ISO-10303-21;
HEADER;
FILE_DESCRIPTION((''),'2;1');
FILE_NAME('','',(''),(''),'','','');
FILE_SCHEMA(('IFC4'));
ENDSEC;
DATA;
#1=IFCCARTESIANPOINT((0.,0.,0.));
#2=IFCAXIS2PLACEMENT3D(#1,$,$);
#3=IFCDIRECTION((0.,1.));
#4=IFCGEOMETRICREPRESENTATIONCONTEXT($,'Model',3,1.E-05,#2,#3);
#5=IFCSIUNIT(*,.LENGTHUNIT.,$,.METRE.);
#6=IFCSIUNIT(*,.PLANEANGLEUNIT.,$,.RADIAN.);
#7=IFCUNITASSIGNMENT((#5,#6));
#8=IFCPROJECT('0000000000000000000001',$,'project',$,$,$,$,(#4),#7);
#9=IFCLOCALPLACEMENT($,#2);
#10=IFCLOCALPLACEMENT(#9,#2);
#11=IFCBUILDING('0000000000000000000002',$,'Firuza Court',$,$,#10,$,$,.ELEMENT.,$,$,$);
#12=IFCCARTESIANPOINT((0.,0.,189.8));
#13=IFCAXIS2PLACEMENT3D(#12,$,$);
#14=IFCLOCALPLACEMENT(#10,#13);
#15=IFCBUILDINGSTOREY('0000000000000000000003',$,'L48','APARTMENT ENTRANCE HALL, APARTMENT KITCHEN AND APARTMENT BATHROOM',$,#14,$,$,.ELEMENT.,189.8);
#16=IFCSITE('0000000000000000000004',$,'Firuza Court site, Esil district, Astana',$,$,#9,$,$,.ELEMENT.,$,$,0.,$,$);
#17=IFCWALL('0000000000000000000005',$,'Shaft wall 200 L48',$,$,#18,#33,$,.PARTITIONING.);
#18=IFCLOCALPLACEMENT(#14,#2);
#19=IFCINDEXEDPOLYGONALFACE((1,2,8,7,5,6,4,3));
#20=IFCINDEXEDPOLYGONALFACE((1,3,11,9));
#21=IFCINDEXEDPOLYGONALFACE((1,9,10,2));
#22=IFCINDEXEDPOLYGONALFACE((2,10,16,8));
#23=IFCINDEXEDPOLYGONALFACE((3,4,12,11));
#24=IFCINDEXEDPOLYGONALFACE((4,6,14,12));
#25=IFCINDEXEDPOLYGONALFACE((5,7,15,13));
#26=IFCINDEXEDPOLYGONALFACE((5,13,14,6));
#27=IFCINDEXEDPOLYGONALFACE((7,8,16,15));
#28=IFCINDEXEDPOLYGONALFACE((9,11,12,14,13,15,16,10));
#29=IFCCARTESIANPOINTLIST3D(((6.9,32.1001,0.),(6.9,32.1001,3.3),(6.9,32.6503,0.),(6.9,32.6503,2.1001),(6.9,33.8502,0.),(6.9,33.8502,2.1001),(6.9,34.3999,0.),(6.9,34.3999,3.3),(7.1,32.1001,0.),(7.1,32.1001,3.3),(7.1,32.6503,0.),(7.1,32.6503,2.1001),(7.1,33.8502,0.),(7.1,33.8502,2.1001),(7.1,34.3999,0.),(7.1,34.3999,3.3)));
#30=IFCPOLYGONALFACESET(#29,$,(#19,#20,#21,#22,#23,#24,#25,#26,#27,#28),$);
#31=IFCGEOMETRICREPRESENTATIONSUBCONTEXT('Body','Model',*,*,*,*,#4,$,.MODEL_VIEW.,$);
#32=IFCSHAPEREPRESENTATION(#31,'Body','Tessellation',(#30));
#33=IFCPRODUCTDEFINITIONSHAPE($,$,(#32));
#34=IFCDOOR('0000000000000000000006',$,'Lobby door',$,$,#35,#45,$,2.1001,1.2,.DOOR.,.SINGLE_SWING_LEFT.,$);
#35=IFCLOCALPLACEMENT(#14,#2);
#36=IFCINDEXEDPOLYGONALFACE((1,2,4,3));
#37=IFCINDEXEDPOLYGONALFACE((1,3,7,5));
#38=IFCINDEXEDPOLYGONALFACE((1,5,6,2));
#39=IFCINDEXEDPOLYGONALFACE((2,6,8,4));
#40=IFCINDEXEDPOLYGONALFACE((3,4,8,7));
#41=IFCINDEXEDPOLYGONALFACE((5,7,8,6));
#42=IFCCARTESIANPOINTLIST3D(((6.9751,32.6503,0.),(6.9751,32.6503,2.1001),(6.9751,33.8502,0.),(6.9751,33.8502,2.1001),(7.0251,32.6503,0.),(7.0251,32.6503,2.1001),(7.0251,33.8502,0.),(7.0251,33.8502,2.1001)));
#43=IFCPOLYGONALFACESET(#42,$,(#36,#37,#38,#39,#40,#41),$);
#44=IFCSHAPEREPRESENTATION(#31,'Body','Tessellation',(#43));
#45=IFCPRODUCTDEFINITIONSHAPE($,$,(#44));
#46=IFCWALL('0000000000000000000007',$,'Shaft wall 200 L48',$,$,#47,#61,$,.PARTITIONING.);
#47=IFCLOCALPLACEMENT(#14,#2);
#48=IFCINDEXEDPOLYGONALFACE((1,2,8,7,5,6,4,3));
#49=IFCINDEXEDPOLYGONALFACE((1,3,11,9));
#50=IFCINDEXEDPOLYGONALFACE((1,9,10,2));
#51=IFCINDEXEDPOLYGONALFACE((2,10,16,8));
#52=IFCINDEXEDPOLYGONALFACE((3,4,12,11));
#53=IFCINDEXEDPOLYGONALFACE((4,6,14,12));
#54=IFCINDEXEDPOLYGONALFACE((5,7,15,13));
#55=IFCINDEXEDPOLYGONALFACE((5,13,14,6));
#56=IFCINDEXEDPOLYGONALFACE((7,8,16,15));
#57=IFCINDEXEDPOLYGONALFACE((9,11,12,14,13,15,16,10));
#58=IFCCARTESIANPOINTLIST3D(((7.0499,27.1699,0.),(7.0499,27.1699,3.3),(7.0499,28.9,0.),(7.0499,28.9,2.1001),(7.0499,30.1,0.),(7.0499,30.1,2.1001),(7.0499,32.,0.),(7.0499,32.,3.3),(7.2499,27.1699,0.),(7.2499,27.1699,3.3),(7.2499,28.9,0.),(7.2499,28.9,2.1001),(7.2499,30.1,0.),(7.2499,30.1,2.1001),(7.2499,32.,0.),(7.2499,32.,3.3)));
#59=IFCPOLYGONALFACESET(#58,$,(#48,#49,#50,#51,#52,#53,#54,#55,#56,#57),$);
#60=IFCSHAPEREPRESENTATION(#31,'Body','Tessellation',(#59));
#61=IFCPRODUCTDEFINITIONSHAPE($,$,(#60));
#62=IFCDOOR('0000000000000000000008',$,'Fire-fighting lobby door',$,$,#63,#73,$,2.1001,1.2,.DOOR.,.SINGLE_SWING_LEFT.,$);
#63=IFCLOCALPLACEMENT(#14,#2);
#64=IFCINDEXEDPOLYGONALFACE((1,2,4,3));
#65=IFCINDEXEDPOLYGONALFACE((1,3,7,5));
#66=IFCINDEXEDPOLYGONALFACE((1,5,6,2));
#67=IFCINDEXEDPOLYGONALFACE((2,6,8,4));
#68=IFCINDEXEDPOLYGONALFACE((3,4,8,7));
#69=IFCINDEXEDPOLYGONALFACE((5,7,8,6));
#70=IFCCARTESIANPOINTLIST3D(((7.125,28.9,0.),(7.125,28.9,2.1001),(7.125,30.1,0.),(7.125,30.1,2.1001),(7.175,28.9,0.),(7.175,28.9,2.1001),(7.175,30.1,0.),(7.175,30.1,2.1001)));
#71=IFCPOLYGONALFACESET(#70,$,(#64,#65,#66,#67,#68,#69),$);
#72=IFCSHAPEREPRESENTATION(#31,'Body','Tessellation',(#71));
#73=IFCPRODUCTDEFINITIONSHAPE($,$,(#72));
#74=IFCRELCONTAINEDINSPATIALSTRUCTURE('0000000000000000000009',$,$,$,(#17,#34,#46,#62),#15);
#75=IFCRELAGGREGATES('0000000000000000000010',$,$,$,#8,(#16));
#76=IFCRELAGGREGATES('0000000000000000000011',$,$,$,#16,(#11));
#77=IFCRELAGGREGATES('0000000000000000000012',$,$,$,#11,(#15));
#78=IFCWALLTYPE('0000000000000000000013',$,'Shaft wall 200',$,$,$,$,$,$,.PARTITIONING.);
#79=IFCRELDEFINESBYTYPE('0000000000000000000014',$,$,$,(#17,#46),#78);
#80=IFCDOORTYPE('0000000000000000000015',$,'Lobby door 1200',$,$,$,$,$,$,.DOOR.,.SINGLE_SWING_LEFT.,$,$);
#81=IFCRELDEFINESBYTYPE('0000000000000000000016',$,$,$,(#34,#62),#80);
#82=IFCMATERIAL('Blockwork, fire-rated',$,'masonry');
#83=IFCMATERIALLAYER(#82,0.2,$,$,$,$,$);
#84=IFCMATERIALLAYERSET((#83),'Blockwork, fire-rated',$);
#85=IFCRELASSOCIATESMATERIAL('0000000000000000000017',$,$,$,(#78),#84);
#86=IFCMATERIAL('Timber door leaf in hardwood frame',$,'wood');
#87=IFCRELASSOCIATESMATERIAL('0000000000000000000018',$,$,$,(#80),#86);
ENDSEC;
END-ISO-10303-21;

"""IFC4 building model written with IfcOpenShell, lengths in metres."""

from ifc_helpers import new_model, si_unit, direction, frame, frame_2d, origin, place, context, subcontext, project, spatial, rectangle, extrude, material, layer, layer_set, type_object, element, fill, save


model = new_model("IFC4")

# Units and contexts
model_context = context("Model", 3, precision=1e-05, world=origin(), true_north=direction((0.0, 1.0)))
body_context = subcontext(model_context, "Body", "Model", "MODEL_VIEW")
ifc_project = project(units=[si_unit("LENGTHUNIT", "METRE"), si_unit("PLANEANGLEUNIT", "RADIAN")], contexts=[model_context])

# Site, building, storey
site_placement = place(None, origin())
site = spatial("IfcSite", under=ifc_project, at=site_placement, Name="Firuza Court site, Esil district, Astana", CompositionType="ELEMENT", RefElevation=0.0)
building_placement = place(site_placement, origin())
building = spatial("IfcBuilding", under=site, at=building_placement, Name="Firuza Court", CompositionType="ELEMENT")
storey_placement = place(building_placement, frame((0.0, 0.0, 189.8)))
storey = spatial("IfcBuildingStorey", under=building, at=storey_placement, Name="L48", Description="APARTMENT ENTRANCE HALL, APARTMENT KITCHEN AND APARTMENT BATHROOM", CompositionType="ELEMENT", Elevation=189.8)

# Shared definitions
ifc_material_1 = material(Name="Blockwork, fire-rated", Category="masonry")
ifc_layer_1 = layer(ifc_material_1, 0.2)
ifc_layer_set_1 = layer_set([ifc_layer_1], Name="Blockwork, fire-rated")
wall_type_1 = type_object("IfcWallType", Name="Shaft wall 200", PredefinedType="PARTITIONING", material=ifc_layer_set_1)

# Shared definitions
ifc_material_2 = material(Name="Timber door leaf in hardwood frame", Category="wood")
door_type = type_object("IfcDoorType", Name="Lobby door 1200", OperationType="SINGLE_SWING_LEFT", PredefinedType="DOOR", material=ifc_material_2)

# Walls, openings, doors
wall_1_placement = place(storey_placement, frame((7.0, 32.1001, 0.0), z_axis=(0.0, 0.0, 1.0), x_axis=(0.0, 1.0, 0.0)))
wall_1 = element("IfcWall", 1, at=wall_1_placement, inside=storey, type_object=wall_type_1, Name="Shaft wall 200 L48", PredefinedType="PARTITIONING", context=body_context, shape_type="SweptSolid", body=[
    extrude(rectangle(XDim=2.2998, YDim=0.2, at=frame_2d((1.1499, 0.0))), origin(), (0.0, 0.0, 1.0), 3.3),
])
opening_1_placement = place(wall_1_placement, frame((0.55, 0.0, 0.0)))
opening_1 = element("IfcOpeningElement", 2, at=opening_1_placement, cuts=wall_1, PredefinedType="OPENING", context=body_context, shape_type="SweptSolid", body=[
    extrude(rectangle(XDim=1.2, YDim=2.1001, at=frame_2d((0.6001, 1.05))), frame((0.0, 0.1118, 0.0), z_axis=(0.0, -1.0, 0.0), x_axis=(1.0, 0.0, 0.0)), (0.0, 0.0, 1.0), 0.2239),
])
door_1_placement = place(opening_1_placement, origin())
door_1 = element("IfcDoor", 3, at=door_1_placement, inside=storey, type_object=door_type, Name="Lobby door", OperationType="SINGLE_SWING_LEFT", OverallHeight=2.1001, OverallWidth=1.2, PredefinedType="DOOR", context=body_context, shape_type="SweptSolid", body=[
    extrude(rectangle(XDim=1.2, YDim=2.1001, at=frame_2d((0.6001, 1.05))), frame((0.0, 0.0249, 0.0), z_axis=(0.0, -1.0, 0.0), x_axis=(1.0, 0.0, 0.0)), (0.0, 0.0, 1.0), 0.05),
])
fill(opening_1, door_1)
wall_2_placement = place(storey_placement, frame((7.1499, 27.1699, 0.0), z_axis=(0.0, 0.0, 1.0), x_axis=(0.0, 1.0, 0.0)))
wall_2 = element("IfcWall", 4, at=wall_2_placement, inside=storey, type_object=wall_type_1, Name="Shaft wall 200 L48", PredefinedType="PARTITIONING", context=body_context, shape_type="SweptSolid", body=[
    extrude(rectangle(XDim=4.8301, YDim=0.2, at=frame_2d((2.415, 0.0))), origin(), (0.0, 0.0, 1.0), 3.3),
])
opening_2_placement = place(wall_2_placement, frame((1.73, 0.0, 0.0)))
opening_2 = element("IfcOpeningElement", 5, at=opening_2_placement, cuts=wall_2, PredefinedType="OPENING", context=body_context, shape_type="SweptSolid", body=[
    extrude(rectangle(XDim=1.2, YDim=2.1001, at=frame_2d((0.6001, 1.05))), frame((0.0, 0.1118, 0.0), z_axis=(0.0, -1.0, 0.0), x_axis=(1.0, 0.0, 0.0)), (0.0, 0.0, 1.0), 0.2239),
])
door_2_placement = place(opening_2_placement, origin())
door_2 = element("IfcDoor", 6, at=door_2_placement, inside=storey, type_object=door_type, Name="Fire-fighting lobby door", OperationType="SINGLE_SWING_LEFT", OverallHeight=2.1001, OverallWidth=1.2, PredefinedType="DOOR", context=body_context, shape_type="SweptSolid", body=[
    extrude(rectangle(XDim=1.2, YDim=2.1001, at=frame_2d((0.6001, 1.05))), frame((0.0, 0.0249, 0.0), z_axis=(0.0, -1.0, 0.0), x_axis=(1.0, 0.0, 0.0)), (0.0, 0.0, 1.0), 0.05),
])
fill(opening_2, door_2)

save(model, "model.ifc")
